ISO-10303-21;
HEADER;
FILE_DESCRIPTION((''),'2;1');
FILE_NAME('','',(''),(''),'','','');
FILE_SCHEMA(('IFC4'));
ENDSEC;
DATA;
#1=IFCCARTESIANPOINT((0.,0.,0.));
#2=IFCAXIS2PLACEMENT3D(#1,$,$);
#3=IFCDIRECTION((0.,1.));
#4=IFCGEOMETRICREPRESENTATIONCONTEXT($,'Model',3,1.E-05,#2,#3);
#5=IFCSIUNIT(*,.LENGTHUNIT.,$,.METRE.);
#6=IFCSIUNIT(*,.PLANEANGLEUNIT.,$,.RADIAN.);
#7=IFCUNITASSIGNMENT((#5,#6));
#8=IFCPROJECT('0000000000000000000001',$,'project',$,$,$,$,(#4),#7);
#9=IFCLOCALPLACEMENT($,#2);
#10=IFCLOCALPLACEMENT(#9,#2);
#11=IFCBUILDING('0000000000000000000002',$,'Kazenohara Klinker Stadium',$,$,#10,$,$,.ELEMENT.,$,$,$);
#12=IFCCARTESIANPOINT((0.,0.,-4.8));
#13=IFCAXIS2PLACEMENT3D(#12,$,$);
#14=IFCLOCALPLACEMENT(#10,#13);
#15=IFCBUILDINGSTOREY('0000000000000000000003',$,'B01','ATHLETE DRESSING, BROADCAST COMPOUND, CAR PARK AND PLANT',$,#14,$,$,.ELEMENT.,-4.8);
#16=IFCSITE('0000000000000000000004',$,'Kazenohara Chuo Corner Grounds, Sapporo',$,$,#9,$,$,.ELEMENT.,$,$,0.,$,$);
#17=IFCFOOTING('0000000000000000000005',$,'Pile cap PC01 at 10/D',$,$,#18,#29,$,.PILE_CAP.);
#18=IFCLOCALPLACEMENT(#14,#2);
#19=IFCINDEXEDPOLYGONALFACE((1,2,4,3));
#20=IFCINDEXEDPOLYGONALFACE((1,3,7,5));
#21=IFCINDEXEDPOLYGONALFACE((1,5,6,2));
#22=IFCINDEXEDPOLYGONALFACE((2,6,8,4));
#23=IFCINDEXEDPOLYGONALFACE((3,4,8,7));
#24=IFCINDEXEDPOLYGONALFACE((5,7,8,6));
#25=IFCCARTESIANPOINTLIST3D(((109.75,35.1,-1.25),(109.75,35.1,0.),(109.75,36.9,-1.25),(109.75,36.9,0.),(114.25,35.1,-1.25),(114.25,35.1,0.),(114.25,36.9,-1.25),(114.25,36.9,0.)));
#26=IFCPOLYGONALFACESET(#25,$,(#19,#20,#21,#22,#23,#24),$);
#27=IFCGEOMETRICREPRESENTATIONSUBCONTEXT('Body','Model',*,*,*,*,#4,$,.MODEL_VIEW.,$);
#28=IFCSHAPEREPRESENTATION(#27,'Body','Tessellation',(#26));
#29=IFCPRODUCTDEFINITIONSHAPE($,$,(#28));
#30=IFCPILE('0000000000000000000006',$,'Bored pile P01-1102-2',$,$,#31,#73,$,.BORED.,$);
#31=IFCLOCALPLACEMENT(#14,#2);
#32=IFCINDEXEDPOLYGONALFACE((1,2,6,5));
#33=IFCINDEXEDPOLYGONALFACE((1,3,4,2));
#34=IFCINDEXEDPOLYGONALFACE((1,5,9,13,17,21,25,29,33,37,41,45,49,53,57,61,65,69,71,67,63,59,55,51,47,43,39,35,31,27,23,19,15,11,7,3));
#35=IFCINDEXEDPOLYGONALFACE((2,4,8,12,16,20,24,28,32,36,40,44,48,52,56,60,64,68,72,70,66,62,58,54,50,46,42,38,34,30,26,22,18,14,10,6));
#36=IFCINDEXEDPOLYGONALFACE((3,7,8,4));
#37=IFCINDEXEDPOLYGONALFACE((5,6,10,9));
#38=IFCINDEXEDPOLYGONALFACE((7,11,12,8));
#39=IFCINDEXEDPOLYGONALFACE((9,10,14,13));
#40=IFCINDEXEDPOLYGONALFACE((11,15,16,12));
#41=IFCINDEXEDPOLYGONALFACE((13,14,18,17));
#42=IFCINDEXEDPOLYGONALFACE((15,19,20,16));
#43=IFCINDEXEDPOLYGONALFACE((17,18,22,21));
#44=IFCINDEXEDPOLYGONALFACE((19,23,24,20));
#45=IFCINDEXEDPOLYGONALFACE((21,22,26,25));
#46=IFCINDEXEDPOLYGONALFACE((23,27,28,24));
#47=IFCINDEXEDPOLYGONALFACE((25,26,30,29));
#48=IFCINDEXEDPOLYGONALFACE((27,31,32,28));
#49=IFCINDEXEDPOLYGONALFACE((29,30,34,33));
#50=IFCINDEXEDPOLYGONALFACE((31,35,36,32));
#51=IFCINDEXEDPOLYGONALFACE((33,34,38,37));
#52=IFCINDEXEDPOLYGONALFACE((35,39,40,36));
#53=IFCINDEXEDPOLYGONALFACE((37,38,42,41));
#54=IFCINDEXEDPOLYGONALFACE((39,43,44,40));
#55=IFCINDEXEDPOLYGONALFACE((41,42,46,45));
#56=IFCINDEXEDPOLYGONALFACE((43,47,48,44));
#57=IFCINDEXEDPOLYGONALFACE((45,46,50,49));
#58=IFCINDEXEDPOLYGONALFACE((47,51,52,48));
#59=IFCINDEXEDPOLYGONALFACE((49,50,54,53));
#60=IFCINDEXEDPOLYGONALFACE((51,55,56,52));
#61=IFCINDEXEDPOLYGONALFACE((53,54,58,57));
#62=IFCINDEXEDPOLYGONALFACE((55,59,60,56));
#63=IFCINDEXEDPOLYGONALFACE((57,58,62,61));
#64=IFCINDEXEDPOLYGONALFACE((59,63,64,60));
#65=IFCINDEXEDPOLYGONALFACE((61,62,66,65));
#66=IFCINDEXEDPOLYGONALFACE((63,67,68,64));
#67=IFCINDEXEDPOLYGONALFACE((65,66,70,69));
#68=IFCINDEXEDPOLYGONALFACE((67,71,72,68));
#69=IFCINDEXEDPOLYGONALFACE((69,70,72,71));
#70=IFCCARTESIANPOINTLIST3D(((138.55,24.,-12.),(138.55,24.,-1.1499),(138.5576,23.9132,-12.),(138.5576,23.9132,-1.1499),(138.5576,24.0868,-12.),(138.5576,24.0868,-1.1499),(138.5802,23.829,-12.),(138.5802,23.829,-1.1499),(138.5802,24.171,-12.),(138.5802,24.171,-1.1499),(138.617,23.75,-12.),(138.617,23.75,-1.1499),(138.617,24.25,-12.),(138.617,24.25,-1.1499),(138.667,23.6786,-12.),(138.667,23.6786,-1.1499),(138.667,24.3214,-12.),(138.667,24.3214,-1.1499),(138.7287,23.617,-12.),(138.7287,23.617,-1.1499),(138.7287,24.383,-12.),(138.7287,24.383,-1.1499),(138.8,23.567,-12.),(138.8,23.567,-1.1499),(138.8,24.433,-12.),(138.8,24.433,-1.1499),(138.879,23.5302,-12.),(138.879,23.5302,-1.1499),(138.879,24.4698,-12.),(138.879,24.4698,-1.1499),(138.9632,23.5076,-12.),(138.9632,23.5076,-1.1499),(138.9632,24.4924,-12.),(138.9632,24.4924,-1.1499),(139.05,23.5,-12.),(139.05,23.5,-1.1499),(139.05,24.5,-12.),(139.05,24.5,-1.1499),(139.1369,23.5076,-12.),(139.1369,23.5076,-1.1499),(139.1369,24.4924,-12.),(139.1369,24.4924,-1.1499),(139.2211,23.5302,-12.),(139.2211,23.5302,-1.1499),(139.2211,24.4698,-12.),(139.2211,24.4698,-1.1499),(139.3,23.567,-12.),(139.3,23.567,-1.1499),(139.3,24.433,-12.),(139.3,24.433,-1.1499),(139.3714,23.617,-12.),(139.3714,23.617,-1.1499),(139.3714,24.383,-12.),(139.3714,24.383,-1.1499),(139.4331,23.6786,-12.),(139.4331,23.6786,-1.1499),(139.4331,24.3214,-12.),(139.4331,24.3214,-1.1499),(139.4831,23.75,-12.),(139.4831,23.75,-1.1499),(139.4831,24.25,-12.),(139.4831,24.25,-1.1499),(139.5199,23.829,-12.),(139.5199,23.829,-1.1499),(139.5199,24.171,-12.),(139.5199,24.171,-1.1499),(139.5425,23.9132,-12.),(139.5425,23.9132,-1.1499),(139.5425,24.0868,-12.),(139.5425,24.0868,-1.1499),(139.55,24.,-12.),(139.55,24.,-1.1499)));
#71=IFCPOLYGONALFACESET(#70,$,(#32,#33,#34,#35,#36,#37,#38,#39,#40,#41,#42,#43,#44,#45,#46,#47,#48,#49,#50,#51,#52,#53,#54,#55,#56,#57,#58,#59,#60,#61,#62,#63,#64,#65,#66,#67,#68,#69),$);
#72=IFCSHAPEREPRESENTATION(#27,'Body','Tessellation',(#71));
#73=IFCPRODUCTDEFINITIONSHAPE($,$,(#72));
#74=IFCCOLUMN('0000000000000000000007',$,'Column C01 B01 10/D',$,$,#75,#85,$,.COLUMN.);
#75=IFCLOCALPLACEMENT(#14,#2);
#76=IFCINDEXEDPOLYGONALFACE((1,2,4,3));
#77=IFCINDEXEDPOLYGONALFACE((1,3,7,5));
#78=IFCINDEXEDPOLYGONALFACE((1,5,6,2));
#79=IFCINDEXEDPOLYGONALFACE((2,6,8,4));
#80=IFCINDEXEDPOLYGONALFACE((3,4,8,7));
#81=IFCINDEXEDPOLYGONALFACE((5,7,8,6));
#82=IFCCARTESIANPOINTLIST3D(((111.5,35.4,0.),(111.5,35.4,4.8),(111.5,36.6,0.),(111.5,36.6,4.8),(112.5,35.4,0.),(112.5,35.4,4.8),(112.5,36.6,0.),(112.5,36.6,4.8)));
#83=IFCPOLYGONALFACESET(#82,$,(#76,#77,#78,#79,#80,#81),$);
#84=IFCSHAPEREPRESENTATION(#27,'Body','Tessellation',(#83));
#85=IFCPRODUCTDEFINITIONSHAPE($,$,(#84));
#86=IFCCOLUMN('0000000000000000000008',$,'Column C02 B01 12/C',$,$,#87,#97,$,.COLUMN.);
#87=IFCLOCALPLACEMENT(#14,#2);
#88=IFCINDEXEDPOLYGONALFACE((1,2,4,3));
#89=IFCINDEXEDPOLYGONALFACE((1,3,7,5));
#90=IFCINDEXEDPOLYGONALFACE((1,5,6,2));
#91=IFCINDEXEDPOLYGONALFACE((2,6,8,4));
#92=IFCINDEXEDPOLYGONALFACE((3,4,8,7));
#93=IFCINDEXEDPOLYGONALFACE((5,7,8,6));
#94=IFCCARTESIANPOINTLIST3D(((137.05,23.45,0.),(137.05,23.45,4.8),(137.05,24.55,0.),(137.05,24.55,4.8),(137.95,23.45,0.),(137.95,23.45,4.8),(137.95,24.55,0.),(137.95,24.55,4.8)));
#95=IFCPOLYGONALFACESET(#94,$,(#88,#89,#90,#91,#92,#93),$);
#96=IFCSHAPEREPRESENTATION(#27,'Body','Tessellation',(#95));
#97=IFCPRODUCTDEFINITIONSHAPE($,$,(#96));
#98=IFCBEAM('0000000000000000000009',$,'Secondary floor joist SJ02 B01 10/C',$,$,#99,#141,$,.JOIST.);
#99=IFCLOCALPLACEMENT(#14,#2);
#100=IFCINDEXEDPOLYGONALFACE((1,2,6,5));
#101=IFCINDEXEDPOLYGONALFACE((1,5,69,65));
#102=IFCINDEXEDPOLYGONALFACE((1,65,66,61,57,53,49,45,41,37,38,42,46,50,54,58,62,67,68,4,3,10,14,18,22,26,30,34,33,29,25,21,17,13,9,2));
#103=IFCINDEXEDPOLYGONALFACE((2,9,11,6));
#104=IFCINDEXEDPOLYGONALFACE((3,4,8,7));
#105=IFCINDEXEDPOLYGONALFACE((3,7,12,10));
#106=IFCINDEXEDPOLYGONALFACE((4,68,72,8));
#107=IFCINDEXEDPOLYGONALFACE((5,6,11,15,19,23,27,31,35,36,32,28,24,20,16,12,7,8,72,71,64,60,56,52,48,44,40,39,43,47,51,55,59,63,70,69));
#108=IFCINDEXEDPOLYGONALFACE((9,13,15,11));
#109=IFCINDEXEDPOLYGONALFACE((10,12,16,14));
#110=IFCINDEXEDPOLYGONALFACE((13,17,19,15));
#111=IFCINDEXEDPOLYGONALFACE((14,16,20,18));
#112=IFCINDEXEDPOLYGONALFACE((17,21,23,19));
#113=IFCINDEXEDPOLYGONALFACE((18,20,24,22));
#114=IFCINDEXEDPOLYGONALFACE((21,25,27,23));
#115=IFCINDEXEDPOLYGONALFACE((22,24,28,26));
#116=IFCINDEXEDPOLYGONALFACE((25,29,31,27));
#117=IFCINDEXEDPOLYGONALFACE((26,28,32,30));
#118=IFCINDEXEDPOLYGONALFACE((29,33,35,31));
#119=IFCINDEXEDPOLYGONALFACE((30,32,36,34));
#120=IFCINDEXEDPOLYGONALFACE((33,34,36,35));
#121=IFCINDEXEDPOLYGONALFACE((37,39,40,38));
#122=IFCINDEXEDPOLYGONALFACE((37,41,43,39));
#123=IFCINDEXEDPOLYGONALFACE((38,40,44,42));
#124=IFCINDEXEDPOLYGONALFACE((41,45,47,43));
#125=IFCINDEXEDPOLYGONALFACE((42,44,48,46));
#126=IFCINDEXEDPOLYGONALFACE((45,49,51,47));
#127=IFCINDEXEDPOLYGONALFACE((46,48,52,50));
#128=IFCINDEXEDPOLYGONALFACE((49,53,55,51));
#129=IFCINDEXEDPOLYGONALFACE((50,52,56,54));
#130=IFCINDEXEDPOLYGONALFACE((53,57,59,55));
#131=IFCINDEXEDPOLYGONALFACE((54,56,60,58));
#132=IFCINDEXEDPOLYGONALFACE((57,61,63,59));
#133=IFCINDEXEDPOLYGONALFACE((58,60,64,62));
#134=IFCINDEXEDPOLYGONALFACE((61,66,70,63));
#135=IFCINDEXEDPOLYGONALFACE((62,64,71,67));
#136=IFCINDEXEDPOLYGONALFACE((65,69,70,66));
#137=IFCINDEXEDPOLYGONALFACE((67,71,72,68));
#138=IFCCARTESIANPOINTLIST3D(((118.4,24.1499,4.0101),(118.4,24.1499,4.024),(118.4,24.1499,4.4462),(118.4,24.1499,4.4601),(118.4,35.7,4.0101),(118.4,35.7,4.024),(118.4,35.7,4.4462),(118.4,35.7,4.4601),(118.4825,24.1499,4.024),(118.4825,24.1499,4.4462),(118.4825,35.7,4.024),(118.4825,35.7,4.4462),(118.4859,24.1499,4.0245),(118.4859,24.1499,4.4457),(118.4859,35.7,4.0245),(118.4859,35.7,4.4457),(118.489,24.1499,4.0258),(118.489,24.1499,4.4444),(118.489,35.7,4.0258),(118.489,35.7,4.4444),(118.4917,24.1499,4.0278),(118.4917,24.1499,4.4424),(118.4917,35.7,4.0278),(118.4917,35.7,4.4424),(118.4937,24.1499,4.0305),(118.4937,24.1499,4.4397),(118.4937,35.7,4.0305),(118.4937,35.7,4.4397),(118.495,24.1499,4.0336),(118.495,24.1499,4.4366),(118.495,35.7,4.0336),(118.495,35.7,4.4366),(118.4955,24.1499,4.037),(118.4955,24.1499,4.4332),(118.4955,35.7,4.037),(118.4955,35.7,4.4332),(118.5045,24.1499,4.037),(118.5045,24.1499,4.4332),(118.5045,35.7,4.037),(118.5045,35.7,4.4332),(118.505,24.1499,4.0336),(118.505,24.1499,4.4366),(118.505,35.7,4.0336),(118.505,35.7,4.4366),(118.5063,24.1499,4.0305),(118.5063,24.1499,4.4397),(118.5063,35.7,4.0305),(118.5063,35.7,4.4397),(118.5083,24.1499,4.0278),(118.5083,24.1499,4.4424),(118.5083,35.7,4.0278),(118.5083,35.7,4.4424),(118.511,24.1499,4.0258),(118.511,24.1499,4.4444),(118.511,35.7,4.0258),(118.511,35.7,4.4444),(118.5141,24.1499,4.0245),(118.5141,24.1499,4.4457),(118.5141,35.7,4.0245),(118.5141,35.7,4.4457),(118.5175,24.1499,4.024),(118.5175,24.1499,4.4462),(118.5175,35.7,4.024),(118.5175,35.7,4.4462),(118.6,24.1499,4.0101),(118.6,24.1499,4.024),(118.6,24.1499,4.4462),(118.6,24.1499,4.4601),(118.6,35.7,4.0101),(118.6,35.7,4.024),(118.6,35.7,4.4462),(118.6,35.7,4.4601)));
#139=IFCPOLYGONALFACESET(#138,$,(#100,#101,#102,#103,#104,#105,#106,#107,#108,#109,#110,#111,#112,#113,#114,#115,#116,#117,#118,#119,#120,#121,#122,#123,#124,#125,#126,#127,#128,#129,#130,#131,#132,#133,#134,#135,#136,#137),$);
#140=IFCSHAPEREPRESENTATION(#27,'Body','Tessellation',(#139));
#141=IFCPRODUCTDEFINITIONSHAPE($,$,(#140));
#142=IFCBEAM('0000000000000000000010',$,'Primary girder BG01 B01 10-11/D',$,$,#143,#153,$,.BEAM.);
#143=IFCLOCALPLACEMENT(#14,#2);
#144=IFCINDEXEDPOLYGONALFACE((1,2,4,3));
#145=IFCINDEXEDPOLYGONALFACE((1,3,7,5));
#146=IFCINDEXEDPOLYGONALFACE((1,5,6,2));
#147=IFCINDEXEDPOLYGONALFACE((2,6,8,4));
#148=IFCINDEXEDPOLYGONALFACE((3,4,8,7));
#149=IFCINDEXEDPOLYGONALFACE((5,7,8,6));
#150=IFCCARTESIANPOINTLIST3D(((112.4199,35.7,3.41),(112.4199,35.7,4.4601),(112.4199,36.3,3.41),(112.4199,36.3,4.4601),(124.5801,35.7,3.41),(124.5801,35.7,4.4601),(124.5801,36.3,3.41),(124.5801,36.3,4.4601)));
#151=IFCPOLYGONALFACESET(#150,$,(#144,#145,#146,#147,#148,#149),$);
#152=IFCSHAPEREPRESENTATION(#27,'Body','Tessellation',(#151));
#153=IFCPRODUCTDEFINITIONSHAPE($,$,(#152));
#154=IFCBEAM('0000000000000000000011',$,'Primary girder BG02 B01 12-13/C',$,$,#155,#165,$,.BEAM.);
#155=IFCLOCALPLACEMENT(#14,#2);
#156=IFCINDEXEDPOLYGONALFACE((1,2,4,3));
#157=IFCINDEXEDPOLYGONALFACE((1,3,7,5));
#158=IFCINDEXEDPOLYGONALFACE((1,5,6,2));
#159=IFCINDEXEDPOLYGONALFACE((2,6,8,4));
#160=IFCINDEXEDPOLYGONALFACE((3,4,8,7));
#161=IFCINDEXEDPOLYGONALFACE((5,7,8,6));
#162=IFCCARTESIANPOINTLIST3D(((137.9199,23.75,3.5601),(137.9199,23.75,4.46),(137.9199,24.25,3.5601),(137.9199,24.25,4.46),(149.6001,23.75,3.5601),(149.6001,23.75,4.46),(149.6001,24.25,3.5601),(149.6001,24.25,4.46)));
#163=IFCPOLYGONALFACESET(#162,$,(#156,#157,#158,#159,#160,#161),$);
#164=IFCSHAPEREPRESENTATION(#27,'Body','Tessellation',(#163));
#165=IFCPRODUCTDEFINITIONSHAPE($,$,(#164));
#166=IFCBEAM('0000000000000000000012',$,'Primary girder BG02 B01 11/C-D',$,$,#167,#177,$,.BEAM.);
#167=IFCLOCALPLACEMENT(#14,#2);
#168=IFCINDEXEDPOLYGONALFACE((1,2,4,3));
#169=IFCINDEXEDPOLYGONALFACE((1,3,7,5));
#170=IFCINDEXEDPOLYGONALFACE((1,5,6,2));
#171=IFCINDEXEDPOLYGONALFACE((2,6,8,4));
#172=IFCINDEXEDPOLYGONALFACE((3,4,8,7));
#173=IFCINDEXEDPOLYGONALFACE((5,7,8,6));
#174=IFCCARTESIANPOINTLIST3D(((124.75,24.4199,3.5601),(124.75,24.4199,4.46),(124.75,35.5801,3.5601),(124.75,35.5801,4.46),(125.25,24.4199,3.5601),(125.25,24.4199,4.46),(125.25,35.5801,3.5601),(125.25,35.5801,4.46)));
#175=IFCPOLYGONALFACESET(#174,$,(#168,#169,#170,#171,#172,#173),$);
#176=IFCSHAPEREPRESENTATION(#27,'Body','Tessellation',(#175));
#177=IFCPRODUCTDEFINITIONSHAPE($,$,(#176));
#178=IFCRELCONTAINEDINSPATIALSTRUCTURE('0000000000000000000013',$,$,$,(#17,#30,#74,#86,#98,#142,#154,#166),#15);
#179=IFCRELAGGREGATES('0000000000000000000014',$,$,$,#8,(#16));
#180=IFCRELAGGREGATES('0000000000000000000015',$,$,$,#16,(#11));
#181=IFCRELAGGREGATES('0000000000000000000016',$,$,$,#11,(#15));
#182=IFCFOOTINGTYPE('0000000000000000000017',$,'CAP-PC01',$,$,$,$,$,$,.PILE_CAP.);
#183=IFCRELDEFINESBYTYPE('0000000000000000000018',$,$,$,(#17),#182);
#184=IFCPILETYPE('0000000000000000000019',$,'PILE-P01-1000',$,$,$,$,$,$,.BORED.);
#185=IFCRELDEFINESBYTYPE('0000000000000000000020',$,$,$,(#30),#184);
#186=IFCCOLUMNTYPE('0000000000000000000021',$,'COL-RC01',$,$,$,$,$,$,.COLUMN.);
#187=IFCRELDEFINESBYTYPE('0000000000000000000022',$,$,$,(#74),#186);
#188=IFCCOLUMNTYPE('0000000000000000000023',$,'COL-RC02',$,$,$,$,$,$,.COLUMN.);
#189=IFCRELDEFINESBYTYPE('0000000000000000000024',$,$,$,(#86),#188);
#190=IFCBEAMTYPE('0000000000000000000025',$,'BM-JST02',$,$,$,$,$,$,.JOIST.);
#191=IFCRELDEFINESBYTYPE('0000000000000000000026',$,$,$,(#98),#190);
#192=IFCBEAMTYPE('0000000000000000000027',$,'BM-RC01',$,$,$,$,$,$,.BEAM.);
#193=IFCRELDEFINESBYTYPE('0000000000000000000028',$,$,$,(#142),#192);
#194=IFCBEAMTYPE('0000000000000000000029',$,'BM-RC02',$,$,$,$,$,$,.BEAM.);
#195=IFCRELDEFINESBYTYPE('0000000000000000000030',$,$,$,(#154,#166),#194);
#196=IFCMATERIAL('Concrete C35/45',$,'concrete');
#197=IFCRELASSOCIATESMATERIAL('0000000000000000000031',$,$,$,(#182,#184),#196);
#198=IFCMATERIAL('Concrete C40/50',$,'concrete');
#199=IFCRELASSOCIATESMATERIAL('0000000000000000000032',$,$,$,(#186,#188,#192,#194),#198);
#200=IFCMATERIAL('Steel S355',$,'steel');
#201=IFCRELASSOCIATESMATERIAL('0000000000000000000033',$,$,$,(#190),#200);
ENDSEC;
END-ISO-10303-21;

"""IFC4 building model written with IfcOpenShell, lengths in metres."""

from ifc_helpers import new_model, si_unit, direction, frame, origin, origin_2d, place, context, subcontext, project, spatial, rectangle, circle, i_section, extrude, material, material_profile, profile_set, type_object, element, save


model = new_model("IFC4")

# Units and contexts
model_context = context("Model", 3, precision=1e-05, world=origin(), true_north=direction((0.0, 1.0)))
body_context = subcontext(model_context, "Body", "Model", "MODEL_VIEW")
ifc_project = project(units=[si_unit("LENGTHUNIT", "METRE"), si_unit("PLANEANGLEUNIT", "RADIAN")], contexts=[model_context])

# Site, building, storey
site_placement = place(None, origin())
site = spatial("IfcSite", under=ifc_project, at=site_placement, Name="Kazenohara Chuo Corner Grounds, Sapporo", CompositionType="ELEMENT", RefElevation=0.0)
building_placement = place(site_placement, origin())
building = spatial("IfcBuilding", under=site, at=building_placement, Name="Kazenohara Klinker Stadium", CompositionType="ELEMENT")
storey_placement = place(building_placement, frame((0.0, 0.0, -4.8)))
storey = spatial("IfcBuildingStorey", under=building, at=storey_placement, Name="B01", Description="ATHLETE DRESSING, BROADCAST COMPOUND, CAR PARK AND PLANT", CompositionType="ELEMENT", Elevation=-4.8)

# Footing
ifc_material_1 = material(Name="Concrete C35/45", Category="concrete")
footing_type = type_object("IfcFootingType", Name="CAP-PC01", PredefinedType="PILE_CAP", material=ifc_material_1)
footing_placement = place(storey_placement, frame((112.0, 36.0, -1.25), z_axis=(0.0, 0.0, 1.0), x_axis=(1.0, 0.0, 0.0)))
element("IfcFooting", 1, at=footing_placement, inside=storey, type_object=footing_type, Name="Pile cap PC01 at 10/D", PredefinedType="PILE_CAP", context=body_context, shape_type="SweptSolid", body=[
    extrude(rectangle(XDim=4.5, YDim=1.8, at=origin_2d()), origin(), (0.0, 0.0, 1.0), 1.25),
])

# Pile
ifc_material_profile_1 = material_profile(ifc_material_1, circle(Radius=0.5, at=origin_2d()), Name="BORED-PILE-1000")
ifc_profile_set_1 = profile_set([ifc_material_profile_1], Name="Concrete C35/45")
pile_type = type_object("IfcPileType", Name="PILE-P01-1000", PredefinedType="BORED", material=ifc_profile_set_1)
pile_placement = place(storey_placement, frame((139.05, 24.0, -1.1499), z_axis=(0.0, 0.0, -1.0), x_axis=(1.0, 0.0, 0.0)))
element("IfcPile", 2, at=pile_placement, inside=storey, type_object=pile_type, Name="Bored pile P01-1102-2", PredefinedType="BORED", context=body_context, shape_type="SweptSolid", body=[
    extrude(circle(Radius=0.5, at=origin_2d()), origin(), (0.0, 0.0, 1.0), 10.8501),
])

# Columns
ifc_material_2 = material(Name="Concrete C40/50", Category="concrete")
ifc_material_profile_2 = material_profile(ifc_material_2, rectangle(XDim=1.0, YDim=1.2, at=origin_2d()), Name="RC-COL-1200x1000")
ifc_profile_set_2 = profile_set([ifc_material_profile_2], Name="Concrete C40/50")
column_type_1 = type_object("IfcColumnType", Name="COL-RC01", PredefinedType="COLUMN", material=ifc_profile_set_2)
column_1_placement = place(storey_placement, frame((112.0, 36.0, 0.0), z_axis=(0.0, 0.0, 1.0), x_axis=(1.0, 0.0, 0.0)))
element("IfcColumn", 3, at=column_1_placement, inside=storey, type_object=column_type_1, Name="Column C01 B01 10/D", PredefinedType="COLUMN", context=body_context, shape_type="SweptSolid", body=[
    extrude(rectangle(XDim=1.0, YDim=1.2, at=origin_2d()), origin(), (0.0, 0.0, 1.0), 4.8),
])
ifc_material_profile_3 = material_profile(ifc_material_2, rectangle(XDim=0.8999, YDim=1.1001, at=origin_2d()), Name="RC-COL-1100x900")
ifc_profile_set_3 = profile_set([ifc_material_profile_3], Name="Concrete C40/50")
column_type_2 = type_object("IfcColumnType", Name="COL-RC02", PredefinedType="COLUMN", material=ifc_profile_set_3)
column_2_placement = place(storey_placement, frame((137.5, 24.0, 0.0), z_axis=(0.0, 0.0, 1.0), x_axis=(1.0, 0.0, 0.0)))
element("IfcColumn", 4, at=column_2_placement, inside=storey, type_object=column_type_2, Name="Column C02 B01 12/C", PredefinedType="COLUMN", context=body_context, shape_type="SweptSolid", body=[
    extrude(rectangle(XDim=0.8999, YDim=1.1001, at=origin_2d()), origin(), (0.0, 0.0, 1.0), 4.8),
])

# Beams
ifc_material_3 = material(Name="Steel S355", Category="steel")
ifc_material_profile_4 = material_profile(ifc_material_3, i_section(OverallWidth=0.2, OverallDepth=0.45, WebThickness=0.009, FlangeThickness=0.0139, FilletRadius=0.0129, at=origin_2d()), Name="H-450x200x9x14")
ifc_profile_set_4 = profile_set([ifc_material_profile_4], Name="Steel S355")
beam_type_1 = type_object("IfcBeamType", Name="BM-JST02", PredefinedType="JOIST", material=ifc_profile_set_4)
beam_1_placement = place(storey_placement, frame((118.5, 24.1499, 4.2351), z_axis=(0.0, 1.0, 0.0), x_axis=(-1.0, 0.0, 0.0)))
element("IfcBeam", 5, at=beam_1_placement, inside=storey, type_object=beam_type_1, Name="Secondary floor joist SJ02 B01 10/C", PredefinedType="JOIST", context=body_context, shape_type="SweptSolid", body=[
    extrude(i_section(OverallWidth=0.2, OverallDepth=0.45, WebThickness=0.009, FlangeThickness=0.0139, FilletRadius=0.0129, at=origin_2d()), origin(), (0.0, 0.0, 1.0), 11.55),
])
ifc_material_profile_5 = material_profile(ifc_material_2, rectangle(XDim=0.6001, YDim=1.05, at=origin_2d()), Name="RC-BM-600x1050")
ifc_profile_set_5 = profile_set([ifc_material_profile_5], Name="Concrete C40/50")
beam_type_2 = type_object("IfcBeamType", Name="BM-RC01", PredefinedType="BEAM", material=ifc_profile_set_5)
beam_2_placement = place(storey_placement, frame((112.4199, 36.0, 3.9351), z_axis=(1.0, 0.0, 0.0), x_axis=(0.0, 1.0, 0.0)))
element("IfcBeam", 6, at=beam_2_placement, inside=storey, type_object=beam_type_2, Name="Primary girder BG01 B01 10-11/D", PredefinedType="BEAM", context=body_context, shape_type="SweptSolid", body=[
    extrude(rectangle(XDim=0.6001, YDim=1.05, at=origin_2d()), origin(), (0.0, 0.0, 1.0), 12.1602),
])
ifc_material_profile_6 = material_profile(ifc_material_2, rectangle(XDim=0.5, YDim=0.8999, at=origin_2d()), Name="RC-BM-500x900")
ifc_profile_set_6 = profile_set([ifc_material_profile_6], Name="Concrete C40/50")
beam_type_3 = type_object("IfcBeamType", Name="BM-RC02", PredefinedType="BEAM", material=ifc_profile_set_6)
beam_3_placement = place(storey_placement, frame((137.9199, 24.0, 4.01), z_axis=(1.0, 0.0, 0.0), x_axis=(0.0, 1.0, 0.0)))
element("IfcBeam", 7, at=beam_3_placement, inside=storey, type_object=beam_type_3, Name="Primary girder BG02 B01 12-13/C", PredefinedType="BEAM", context=body_context, shape_type="SweptSolid", body=[
    extrude(rectangle(XDim=0.5, YDim=0.8999, at=origin_2d()), origin(), (0.0, 0.0, 1.0), 11.6802),
])
beam_4_placement = place(storey_placement, frame((125.0, 24.4199, 4.01), z_axis=(0.0, 1.0, 0.0), x_axis=(-1.0, 0.0, 0.0)))
element("IfcBeam", 8, at=beam_4_placement, inside=storey, type_object=beam_type_3, Name="Primary girder BG02 B01 11/C-D", PredefinedType="BEAM", context=body_context, shape_type="SweptSolid", body=[
    extrude(rectangle(XDim=0.5, YDim=0.8999, at=origin_2d()), origin(), (0.0, 0.0, 1.0), 11.1602),
])

save(model, "model.ifc")
